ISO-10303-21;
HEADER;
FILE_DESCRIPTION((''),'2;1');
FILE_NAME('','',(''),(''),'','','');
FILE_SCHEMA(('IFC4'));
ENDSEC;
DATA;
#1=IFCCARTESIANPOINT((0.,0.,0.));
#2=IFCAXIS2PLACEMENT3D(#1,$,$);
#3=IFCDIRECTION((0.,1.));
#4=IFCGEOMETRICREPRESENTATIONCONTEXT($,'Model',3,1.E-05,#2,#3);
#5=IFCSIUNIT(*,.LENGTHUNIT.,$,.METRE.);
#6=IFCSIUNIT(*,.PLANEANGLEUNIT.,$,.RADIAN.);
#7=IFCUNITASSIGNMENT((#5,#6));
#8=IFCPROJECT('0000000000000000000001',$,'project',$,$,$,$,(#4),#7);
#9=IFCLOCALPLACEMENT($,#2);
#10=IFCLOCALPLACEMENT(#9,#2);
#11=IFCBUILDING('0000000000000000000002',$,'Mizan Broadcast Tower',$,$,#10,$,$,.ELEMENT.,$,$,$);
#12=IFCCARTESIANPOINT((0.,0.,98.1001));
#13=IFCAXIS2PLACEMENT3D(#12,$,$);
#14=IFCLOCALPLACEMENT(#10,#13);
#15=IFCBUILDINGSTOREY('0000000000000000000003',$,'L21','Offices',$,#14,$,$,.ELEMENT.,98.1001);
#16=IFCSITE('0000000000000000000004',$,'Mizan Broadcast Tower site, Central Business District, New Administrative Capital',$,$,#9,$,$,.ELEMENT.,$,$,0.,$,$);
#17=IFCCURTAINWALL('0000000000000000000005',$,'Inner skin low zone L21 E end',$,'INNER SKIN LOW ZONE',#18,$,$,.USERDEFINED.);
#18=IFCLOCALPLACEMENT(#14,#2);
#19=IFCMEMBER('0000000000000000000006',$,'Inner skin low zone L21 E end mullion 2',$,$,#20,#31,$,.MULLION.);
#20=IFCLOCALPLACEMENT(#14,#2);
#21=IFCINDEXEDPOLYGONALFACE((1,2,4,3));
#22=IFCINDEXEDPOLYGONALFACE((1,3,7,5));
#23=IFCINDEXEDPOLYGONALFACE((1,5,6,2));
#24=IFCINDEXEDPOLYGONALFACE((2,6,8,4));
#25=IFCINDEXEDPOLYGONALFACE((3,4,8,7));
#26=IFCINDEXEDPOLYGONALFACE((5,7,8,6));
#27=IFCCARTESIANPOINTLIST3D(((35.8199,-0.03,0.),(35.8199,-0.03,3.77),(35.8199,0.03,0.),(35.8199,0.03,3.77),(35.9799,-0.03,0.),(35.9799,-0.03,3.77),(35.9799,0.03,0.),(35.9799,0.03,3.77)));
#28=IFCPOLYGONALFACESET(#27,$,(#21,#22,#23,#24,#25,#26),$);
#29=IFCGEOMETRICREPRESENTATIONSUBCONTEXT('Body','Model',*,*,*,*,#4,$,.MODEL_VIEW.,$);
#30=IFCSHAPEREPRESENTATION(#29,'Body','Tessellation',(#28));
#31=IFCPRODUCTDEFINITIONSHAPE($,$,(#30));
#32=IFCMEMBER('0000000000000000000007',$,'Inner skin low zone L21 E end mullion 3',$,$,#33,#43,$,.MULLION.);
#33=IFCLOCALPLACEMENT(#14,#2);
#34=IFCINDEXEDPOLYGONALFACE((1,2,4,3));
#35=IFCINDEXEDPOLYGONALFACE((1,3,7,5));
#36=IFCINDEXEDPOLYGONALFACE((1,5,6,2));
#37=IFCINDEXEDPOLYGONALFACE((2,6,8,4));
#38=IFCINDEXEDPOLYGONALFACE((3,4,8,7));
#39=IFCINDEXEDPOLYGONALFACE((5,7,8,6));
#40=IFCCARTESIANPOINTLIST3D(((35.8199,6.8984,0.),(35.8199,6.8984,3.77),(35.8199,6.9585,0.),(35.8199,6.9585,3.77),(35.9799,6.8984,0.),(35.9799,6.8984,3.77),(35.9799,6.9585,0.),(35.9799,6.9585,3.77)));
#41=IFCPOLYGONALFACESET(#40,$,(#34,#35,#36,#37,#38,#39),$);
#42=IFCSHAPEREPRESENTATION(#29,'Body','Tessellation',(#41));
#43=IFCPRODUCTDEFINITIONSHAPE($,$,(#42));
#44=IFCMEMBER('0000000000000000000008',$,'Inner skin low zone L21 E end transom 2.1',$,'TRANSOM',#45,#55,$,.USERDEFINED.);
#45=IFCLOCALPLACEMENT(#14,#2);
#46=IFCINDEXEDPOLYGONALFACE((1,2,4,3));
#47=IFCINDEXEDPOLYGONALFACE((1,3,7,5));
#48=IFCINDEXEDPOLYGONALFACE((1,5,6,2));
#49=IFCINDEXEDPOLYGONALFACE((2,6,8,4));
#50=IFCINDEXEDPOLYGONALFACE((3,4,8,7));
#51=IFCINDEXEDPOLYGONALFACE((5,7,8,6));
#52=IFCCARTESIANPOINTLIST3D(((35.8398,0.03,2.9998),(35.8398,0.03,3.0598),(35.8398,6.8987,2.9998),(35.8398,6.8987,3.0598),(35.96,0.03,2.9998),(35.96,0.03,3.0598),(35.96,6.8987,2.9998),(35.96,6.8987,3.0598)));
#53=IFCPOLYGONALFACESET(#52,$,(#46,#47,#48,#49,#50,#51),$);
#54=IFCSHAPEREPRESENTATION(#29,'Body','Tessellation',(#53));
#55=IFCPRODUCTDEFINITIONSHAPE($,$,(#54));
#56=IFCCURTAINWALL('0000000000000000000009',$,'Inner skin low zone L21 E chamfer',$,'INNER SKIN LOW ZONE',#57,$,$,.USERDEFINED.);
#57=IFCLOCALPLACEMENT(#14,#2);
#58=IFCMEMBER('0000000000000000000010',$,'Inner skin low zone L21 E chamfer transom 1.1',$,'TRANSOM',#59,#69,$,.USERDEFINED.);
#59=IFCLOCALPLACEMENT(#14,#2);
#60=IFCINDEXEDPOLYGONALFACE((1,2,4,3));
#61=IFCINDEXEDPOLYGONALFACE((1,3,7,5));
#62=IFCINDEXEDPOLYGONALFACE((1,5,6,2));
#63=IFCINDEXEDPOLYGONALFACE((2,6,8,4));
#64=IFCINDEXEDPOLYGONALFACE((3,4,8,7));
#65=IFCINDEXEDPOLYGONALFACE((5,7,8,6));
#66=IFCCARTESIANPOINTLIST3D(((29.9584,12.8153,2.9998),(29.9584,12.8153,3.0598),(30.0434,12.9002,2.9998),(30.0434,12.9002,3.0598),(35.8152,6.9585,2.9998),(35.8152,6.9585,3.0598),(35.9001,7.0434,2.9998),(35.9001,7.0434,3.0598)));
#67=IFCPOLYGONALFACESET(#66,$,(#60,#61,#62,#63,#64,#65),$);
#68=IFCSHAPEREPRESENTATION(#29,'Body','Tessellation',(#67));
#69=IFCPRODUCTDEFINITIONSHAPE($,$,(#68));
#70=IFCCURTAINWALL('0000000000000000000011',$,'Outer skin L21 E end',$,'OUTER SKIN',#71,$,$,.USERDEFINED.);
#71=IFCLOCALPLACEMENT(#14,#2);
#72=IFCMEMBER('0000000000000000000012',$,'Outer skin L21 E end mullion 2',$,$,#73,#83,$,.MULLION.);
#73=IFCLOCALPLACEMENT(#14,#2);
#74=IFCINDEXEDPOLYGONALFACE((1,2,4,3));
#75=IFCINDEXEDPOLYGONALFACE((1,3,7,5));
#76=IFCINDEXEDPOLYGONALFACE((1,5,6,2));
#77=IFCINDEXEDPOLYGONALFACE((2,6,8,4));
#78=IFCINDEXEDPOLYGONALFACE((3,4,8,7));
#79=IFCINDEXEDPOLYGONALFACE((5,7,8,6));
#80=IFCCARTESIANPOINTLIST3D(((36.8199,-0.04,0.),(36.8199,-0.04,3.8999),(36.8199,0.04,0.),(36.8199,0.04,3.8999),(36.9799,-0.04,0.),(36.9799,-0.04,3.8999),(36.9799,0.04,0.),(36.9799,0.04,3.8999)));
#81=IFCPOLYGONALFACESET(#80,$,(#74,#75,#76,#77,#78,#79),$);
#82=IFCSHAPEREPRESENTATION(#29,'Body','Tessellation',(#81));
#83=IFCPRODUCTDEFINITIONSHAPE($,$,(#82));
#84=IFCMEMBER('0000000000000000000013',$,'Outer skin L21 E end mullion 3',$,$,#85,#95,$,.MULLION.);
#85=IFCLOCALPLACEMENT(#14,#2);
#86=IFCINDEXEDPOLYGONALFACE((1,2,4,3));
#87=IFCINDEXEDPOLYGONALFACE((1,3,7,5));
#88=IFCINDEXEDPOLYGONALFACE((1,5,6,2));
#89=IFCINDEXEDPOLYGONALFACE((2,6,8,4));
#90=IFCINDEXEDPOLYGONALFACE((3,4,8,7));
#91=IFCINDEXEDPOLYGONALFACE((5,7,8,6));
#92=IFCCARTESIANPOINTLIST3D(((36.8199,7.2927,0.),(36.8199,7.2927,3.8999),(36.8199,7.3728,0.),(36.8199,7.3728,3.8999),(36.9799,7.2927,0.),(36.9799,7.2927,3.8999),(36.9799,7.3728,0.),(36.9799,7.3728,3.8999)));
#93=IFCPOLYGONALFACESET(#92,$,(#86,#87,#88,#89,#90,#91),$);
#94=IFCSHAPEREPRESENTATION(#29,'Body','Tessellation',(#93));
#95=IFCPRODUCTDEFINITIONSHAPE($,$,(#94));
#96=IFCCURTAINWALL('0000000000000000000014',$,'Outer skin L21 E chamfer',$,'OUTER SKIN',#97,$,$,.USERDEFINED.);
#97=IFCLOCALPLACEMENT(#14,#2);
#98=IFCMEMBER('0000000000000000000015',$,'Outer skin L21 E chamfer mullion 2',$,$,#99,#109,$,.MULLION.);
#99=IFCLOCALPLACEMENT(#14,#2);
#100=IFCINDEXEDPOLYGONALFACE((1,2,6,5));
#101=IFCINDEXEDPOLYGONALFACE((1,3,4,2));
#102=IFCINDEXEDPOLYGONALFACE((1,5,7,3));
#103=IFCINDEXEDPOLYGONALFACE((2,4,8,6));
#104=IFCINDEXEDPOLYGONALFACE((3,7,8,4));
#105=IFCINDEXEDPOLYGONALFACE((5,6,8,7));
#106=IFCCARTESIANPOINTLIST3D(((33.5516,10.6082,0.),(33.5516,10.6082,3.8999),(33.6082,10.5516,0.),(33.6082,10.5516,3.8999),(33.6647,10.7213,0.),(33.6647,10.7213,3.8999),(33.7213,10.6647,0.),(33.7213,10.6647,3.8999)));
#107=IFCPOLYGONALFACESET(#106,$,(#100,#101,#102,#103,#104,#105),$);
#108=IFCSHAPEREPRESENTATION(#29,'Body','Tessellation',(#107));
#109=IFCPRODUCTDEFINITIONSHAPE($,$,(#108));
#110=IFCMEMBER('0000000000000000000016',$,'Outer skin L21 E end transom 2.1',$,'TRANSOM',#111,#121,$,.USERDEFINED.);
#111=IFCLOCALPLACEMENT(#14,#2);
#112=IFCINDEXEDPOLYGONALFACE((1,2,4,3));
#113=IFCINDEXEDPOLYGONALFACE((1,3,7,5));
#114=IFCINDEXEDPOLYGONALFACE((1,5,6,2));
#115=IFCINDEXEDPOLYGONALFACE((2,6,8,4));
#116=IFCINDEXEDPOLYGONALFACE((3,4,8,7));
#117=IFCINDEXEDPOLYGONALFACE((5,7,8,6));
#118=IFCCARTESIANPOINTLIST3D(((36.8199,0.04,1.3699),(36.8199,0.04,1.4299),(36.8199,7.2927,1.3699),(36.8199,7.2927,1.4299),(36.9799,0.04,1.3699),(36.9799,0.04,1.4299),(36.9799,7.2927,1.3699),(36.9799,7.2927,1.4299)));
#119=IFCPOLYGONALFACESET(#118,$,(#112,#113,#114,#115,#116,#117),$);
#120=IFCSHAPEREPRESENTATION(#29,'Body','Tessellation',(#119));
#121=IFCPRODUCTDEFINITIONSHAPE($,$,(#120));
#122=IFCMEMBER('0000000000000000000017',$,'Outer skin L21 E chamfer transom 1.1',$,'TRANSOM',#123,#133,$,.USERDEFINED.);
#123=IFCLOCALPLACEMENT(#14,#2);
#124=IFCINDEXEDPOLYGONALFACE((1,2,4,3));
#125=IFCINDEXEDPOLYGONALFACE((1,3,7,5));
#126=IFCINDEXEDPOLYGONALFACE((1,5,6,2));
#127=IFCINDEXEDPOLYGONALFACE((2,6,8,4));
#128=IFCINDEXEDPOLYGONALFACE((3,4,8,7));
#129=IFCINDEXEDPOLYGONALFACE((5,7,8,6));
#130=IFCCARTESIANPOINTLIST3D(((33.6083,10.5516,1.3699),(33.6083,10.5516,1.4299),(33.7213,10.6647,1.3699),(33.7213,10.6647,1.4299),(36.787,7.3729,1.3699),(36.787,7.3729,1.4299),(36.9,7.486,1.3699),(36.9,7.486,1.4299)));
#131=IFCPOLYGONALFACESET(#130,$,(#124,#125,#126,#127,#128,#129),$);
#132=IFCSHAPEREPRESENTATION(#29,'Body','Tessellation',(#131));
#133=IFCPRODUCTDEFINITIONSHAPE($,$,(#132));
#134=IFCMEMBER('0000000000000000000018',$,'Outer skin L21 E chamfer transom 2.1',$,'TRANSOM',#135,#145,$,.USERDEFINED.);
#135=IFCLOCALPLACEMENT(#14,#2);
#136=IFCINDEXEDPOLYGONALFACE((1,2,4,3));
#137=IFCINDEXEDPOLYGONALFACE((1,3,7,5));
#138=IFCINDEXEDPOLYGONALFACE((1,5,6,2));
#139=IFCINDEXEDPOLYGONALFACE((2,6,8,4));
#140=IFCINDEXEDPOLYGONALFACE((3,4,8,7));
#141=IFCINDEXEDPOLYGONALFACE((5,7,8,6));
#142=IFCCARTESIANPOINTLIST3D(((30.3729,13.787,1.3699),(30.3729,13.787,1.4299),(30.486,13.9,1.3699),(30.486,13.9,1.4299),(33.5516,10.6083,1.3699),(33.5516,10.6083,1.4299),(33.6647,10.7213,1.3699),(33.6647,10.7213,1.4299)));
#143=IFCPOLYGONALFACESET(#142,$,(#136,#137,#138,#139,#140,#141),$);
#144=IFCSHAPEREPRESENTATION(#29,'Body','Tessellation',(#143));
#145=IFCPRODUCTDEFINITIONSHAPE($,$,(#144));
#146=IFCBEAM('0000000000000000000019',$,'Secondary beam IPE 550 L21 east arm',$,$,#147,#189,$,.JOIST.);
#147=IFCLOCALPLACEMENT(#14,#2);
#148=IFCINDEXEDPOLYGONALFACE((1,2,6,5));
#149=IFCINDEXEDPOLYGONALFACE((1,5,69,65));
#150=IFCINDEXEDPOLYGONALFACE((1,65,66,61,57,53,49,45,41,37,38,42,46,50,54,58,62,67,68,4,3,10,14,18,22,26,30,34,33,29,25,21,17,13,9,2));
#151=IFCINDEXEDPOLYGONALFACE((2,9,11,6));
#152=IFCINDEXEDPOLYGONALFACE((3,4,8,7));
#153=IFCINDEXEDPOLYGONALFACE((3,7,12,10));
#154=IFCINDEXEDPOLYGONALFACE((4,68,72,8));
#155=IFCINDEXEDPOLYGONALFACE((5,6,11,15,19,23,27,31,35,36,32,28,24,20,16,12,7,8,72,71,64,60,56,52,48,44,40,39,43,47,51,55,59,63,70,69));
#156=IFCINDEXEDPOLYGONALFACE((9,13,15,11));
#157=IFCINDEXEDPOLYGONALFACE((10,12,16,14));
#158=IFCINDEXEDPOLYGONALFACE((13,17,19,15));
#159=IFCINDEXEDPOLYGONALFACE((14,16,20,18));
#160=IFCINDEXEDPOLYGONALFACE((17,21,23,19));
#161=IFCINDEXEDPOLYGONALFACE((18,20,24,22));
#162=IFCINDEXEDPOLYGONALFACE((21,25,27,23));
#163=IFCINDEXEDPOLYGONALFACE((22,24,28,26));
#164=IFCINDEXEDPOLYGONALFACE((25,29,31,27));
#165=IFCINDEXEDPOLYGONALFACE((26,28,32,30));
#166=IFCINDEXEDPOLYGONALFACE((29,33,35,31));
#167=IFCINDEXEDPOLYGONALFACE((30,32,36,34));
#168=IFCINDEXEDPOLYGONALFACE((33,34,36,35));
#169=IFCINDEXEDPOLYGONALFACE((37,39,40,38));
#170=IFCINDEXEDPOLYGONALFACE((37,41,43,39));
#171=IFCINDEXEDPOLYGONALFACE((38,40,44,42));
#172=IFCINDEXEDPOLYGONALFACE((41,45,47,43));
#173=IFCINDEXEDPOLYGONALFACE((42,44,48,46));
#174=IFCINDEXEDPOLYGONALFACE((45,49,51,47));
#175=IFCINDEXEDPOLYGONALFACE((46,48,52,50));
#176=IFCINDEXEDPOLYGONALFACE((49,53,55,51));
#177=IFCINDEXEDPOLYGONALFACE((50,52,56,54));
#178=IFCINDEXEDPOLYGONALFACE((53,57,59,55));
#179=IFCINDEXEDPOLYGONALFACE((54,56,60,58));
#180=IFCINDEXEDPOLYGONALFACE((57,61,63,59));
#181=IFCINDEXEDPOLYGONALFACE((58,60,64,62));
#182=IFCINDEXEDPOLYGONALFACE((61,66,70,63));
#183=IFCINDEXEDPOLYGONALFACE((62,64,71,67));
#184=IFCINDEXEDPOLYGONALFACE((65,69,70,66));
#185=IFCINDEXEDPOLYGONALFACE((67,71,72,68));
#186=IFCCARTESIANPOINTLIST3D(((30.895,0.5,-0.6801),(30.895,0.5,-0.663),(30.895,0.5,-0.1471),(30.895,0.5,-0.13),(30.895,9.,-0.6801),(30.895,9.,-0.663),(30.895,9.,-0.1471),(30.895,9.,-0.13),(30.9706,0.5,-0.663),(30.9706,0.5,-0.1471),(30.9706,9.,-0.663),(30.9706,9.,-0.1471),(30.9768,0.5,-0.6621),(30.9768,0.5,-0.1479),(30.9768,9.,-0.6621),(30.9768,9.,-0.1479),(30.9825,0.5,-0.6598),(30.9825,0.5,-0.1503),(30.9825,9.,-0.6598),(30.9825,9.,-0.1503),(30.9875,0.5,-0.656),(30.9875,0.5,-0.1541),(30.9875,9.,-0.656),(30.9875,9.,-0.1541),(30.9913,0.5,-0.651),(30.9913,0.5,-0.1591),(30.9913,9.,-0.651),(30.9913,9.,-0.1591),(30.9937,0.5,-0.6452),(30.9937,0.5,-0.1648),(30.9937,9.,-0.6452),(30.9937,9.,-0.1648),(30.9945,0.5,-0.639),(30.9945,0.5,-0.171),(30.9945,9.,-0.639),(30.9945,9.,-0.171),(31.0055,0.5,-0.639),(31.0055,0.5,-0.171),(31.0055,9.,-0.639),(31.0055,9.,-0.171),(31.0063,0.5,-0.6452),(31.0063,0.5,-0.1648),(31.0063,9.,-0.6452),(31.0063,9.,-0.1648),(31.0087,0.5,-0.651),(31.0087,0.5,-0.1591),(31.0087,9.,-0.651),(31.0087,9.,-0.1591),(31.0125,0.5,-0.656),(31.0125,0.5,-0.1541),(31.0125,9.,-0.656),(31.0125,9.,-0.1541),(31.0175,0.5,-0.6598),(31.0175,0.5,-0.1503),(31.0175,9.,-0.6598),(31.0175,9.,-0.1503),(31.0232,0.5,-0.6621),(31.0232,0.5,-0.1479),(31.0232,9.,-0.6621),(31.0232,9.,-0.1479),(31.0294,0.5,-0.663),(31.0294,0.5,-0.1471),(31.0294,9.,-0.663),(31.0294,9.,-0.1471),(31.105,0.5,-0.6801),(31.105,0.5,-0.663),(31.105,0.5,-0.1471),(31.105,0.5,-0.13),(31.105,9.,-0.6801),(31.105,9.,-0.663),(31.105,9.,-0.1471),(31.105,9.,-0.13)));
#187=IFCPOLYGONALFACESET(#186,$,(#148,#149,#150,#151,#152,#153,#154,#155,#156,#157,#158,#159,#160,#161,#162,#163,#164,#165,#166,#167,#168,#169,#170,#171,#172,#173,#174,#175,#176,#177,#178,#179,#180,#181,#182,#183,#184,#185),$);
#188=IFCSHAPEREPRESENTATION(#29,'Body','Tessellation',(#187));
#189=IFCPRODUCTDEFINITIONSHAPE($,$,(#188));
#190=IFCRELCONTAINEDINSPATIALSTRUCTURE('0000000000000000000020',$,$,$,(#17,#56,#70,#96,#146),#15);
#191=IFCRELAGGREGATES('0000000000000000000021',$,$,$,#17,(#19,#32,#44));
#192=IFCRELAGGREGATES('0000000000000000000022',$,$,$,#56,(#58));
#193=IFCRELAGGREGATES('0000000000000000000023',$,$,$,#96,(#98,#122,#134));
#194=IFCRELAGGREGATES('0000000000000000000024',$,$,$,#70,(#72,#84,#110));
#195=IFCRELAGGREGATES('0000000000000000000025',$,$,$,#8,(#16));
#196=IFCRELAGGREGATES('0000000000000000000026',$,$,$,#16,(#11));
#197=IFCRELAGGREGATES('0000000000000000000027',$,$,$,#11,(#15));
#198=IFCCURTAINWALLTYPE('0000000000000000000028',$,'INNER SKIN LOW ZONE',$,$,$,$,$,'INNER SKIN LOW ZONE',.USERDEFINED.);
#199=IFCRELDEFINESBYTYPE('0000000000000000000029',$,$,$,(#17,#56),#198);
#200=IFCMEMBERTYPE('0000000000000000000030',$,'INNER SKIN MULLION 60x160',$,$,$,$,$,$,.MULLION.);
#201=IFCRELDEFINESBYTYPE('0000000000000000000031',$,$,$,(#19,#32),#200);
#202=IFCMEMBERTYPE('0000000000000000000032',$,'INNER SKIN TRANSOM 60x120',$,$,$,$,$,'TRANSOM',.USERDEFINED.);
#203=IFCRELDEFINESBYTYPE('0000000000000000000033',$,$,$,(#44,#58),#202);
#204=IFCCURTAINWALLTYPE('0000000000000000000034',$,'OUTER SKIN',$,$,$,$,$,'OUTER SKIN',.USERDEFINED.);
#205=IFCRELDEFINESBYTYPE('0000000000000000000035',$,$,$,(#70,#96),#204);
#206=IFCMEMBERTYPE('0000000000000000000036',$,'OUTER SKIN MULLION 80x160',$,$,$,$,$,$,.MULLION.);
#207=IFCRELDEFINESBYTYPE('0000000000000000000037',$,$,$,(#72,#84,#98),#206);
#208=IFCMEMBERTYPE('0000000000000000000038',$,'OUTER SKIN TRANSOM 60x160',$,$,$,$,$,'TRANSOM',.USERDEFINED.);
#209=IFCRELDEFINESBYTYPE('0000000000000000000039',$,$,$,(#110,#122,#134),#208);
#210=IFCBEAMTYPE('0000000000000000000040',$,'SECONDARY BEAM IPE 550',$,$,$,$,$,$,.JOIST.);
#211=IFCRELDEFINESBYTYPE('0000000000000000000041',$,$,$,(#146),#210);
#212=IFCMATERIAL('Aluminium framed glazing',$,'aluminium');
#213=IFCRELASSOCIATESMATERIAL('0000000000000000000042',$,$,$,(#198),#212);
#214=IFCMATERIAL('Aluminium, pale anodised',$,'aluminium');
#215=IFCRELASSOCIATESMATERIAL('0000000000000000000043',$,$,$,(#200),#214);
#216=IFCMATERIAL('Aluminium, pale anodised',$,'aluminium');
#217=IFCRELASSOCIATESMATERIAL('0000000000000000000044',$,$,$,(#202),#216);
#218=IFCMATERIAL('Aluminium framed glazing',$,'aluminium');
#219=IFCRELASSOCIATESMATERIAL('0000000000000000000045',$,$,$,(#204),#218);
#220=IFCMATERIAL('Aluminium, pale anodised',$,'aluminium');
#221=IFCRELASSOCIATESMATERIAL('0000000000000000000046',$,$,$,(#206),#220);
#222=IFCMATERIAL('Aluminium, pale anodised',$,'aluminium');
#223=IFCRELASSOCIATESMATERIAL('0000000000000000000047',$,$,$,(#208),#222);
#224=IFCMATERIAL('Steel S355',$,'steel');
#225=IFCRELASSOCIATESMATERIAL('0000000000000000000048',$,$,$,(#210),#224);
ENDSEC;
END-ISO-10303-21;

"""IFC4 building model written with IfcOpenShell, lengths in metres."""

from ifc_helpers import new_model, si_unit, direction, frame, origin, origin_2d, place, context, subcontext, project, spatial, rectangle, i_section, extrude, material, material_profile, profile_set, type_object, element, aggregate, save


model = new_model("IFC4")

# Units and contexts
model_context = context("Model", 3, precision=1e-05, world=origin(), true_north=direction((0.0, 1.0)))
body_context = subcontext(model_context, "Body", "Model", "MODEL_VIEW")
ifc_project = project(units=[si_unit("LENGTHUNIT", "METRE"), si_unit("PLANEANGLEUNIT", "RADIAN")], contexts=[model_context])

# Site, building, storey
site_placement = place(None, origin())
site = spatial("IfcSite", under=ifc_project, at=site_placement, Name="Mizan Broadcast Tower site, Central Business District, New Administrative Capital", CompositionType="ELEMENT", RefElevation=0.0)
building_placement = place(site_placement, origin())
building = spatial("IfcBuilding", under=site, at=building_placement, Name="Mizan Broadcast Tower", CompositionType="ELEMENT")
storey_placement = place(building_placement, frame((0.0, 0.0, 98.1001)))
storey = spatial("IfcBuildingStorey", under=building, at=storey_placement, Name="L21", Description="Offices", CompositionType="ELEMENT", Elevation=98.1001)

# Curtain wall, members
ifc_material_1 = material(Name="Aluminium framed glazing", Category="aluminium")
curtain_wall_type_1 = type_object("IfcCurtainWallType", Name="INNER SKIN LOW ZONE", ElementType="INNER SKIN LOW ZONE", PredefinedType="USERDEFINED", material=ifc_material_1)
curtain_wall_1_placement = place(storey_placement, origin())
curtain_wall_1 = element("IfcCurtainWall", 1, at=curtain_wall_1_placement, inside=storey, type_object=curtain_wall_type_1, Name="Inner skin low zone L21 E end", ObjectType="INNER SKIN LOW ZONE", PredefinedType="USERDEFINED")
ifc_material_2 = material(Name="Aluminium, pale anodised", Category="aluminium")
ifc_material_profile_1 = material_profile(ifc_material_2, rectangle(XDim=0.1599, YDim=0.0601, at=origin_2d()), Name="MULLION 160x60")
ifc_profile_set_1 = profile_set([ifc_material_profile_1], Name="Aluminium, pale anodised")
member_type_1 = type_object("IfcMemberType", Name="INNER SKIN MULLION 60x160", PredefinedType="MULLION", material=ifc_profile_set_1)
member_1_placement = place(storey_placement, frame((35.8999, 0.0, 0.0), z_axis=(0.0, 0.0, 1.0), x_axis=(-1.0, 0.0, 0.0)))
member_1 = element("IfcMember", 2, at=member_1_placement, type_object=member_type_1, Name="Inner skin low zone L21 E end mullion 2", PredefinedType="MULLION", context=body_context, shape_type="SweptSolid", body=[
    extrude(rectangle(XDim=0.1599, YDim=0.0601, at=origin_2d()), origin(), (0.0, 0.0, 1.0), 3.77),
])
member_2_placement = place(storey_placement, frame((35.8999, 6.9285, 0.0), z_axis=(0.0, 0.0, 1.0), x_axis=(-1.0, 0.0, 0.0)))
member_2 = element("IfcMember", 3, at=member_2_placement, type_object=member_type_1, Name="Inner skin low zone L21 E end mullion 3", PredefinedType="MULLION", context=body_context, shape_type="SweptSolid", body=[
    extrude(rectangle(XDim=0.1599, YDim=0.0601, at=origin_2d()), origin(), (0.0, 0.0, 1.0), 3.77),
])
ifc_material_3 = material(Name="Aluminium, pale anodised", Category="aluminium")
ifc_material_profile_2 = material_profile(ifc_material_3, rectangle(XDim=0.1201, YDim=0.0601, at=origin_2d()), Name="TRANSOM 120x60")
ifc_profile_set_2 = profile_set([ifc_material_profile_2], Name="Aluminium, pale anodised")
member_type_2 = type_object("IfcMemberType", Name="INNER SKIN TRANSOM 60x120", ElementType="TRANSOM", PredefinedType="USERDEFINED", material=ifc_profile_set_2)
member_3_placement = place(storey_placement, frame((35.8999, 0.03, 3.0298), z_axis=(0.0, 1.0, 0.0), x_axis=(-1.0, 0.0, 0.0)))
member_3 = element("IfcMember", 4, at=member_3_placement, type_object=member_type_2, Name="Inner skin low zone L21 E end transom 2.1", ObjectType="TRANSOM", PredefinedType="USERDEFINED", context=body_context, shape_type="SweptSolid", body=[
    extrude(rectangle(XDim=0.1201, YDim=0.0601, at=origin_2d()), origin(), (0.0, 0.0, 1.0), 6.8687),
])

# Curtain wall, member
curtain_wall_2_placement = place(storey_placement, origin())
curtain_wall_2 = element("IfcCurtainWall", 5, at=curtain_wall_2_placement, inside=storey, type_object=curtain_wall_type_1, Name="Inner skin low zone L21 E chamfer", ObjectType="INNER SKIN LOW ZONE", PredefinedType="USERDEFINED")
member_4_placement = place(storey_placement, frame((35.8577, 7.001, 3.0298), z_axis=(-0.707107, 0.707107, 0.0), x_axis=(-0.707107, -0.707107, 0.0)))
member_4 = element("IfcMember", 6, at=member_4_placement, type_object=member_type_2, Name="Inner skin low zone L21 E chamfer transom 1.1", ObjectType="TRANSOM", PredefinedType="USERDEFINED", context=body_context, shape_type="SweptSolid", body=[
    extrude(rectangle(XDim=0.1201, YDim=0.0601, at=origin_2d()), origin(), (0.0, 0.0, 1.0), 8.2827),
])

# Curtain wall, members
ifc_material_4 = material(Name="Aluminium framed glazing", Category="aluminium")
curtain_wall_type_2 = type_object("IfcCurtainWallType", Name="OUTER SKIN", ElementType="OUTER SKIN", PredefinedType="USERDEFINED", material=ifc_material_4)
curtain_wall_3_placement = place(storey_placement, origin())
curtain_wall_3 = element("IfcCurtainWall", 7, at=curtain_wall_3_placement, inside=storey, type_object=curtain_wall_type_2, Name="Outer skin L21 E end", ObjectType="OUTER SKIN", PredefinedType="USERDEFINED")
ifc_material_5 = material(Name="Aluminium, pale anodised", Category="aluminium")
ifc_material_profile_3 = material_profile(ifc_material_5, rectangle(XDim=0.1599, YDim=0.0801, at=origin_2d()), Name="MULLION 160x80")
ifc_profile_set_3 = profile_set([ifc_material_profile_3], Name="Aluminium, pale anodised")
member_type_3 = type_object("IfcMemberType", Name="OUTER SKIN MULLION 80x160", PredefinedType="MULLION", material=ifc_profile_set_3)
member_5_placement = place(storey_placement, frame((36.8999, 0.0, 0.0), z_axis=(0.0, 0.0, 1.0), x_axis=(-1.0, 0.0, 0.0)))
member_5 = element("IfcMember", 8, at=member_5_placement, type_object=member_type_3, Name="Outer skin L21 E end mullion 2", PredefinedType="MULLION", context=body_context, shape_type="SweptSolid", body=[
    extrude(rectangle(XDim=0.1599, YDim=0.0801, at=origin_2d()), origin(), (0.0, 0.0, 1.0), 3.8999),
])
member_6_placement = place(storey_placement, frame((36.8999, 7.3328, 0.0), z_axis=(0.0, 0.0, 1.0), x_axis=(-1.0, 0.0, 0.0)))
member_6 = element("IfcMember", 9, at=member_6_placement, type_object=member_type_3, Name="Outer skin L21 E end mullion 3", PredefinedType="MULLION", context=body_context, shape_type="SweptSolid", body=[
    extrude(rectangle(XDim=0.1599, YDim=0.0801, at=origin_2d()), origin(), (0.0, 0.0, 1.0), 3.8999),
])

# Curtain wall, member
curtain_wall_4_placement = place(storey_placement, origin())
curtain_wall_4 = element("IfcCurtainWall", 10, at=curtain_wall_4_placement, inside=storey, type_object=curtain_wall_type_2, Name="Outer skin L21 E chamfer", ObjectType="OUTER SKIN", PredefinedType="USERDEFINED")
member_7_placement = place(storey_placement, frame((33.6365, 10.6365, 0.0), z_axis=(0.0, 0.0, 1.0), x_axis=(-0.707107, -0.707107, 0.0)))
member_7 = element("IfcMember", 11, at=member_7_placement, type_object=member_type_3, Name="Outer skin L21 E chamfer mullion 2", PredefinedType="MULLION", context=body_context, shape_type="SweptSolid", body=[
    extrude(rectangle(XDim=0.1599, YDim=0.0801, at=origin_2d()), origin(), (0.0, 0.0, 1.0), 3.8999),
])

# Members
ifc_material_6 = material(Name="Aluminium, pale anodised", Category="aluminium")
ifc_material_profile_4 = material_profile(ifc_material_6, rectangle(XDim=0.1599, YDim=0.0601, at=origin_2d()), Name="TRANSOM 160x60")
ifc_profile_set_4 = profile_set([ifc_material_profile_4], Name="Aluminium, pale anodised")
member_type_4 = type_object("IfcMemberType", Name="OUTER SKIN TRANSOM 60x160", ElementType="TRANSOM", PredefinedType="USERDEFINED", material=ifc_profile_set_4)
member_8_placement = place(storey_placement, frame((36.8999, 0.04, 1.3999), z_axis=(0.0, 1.0, 0.0), x_axis=(-1.0, 0.0, 0.0)))
member_8 = element("IfcMember", 12, at=member_8_placement, type_object=member_type_4, Name="Outer skin L21 E end transom 2.1", ObjectType="TRANSOM", PredefinedType="USERDEFINED", context=body_context, shape_type="SweptSolid", body=[
    extrude(rectangle(XDim=0.1599, YDim=0.0601, at=origin_2d()), origin(), (0.0, 0.0, 1.0), 7.2527),
])
member_9_placement = place(storey_placement, frame((36.8435, 7.4294, 1.3999), z_axis=(-0.707107, 0.707107, 0.0), x_axis=(-0.707107, -0.707107, 0.0)))
member_9 = element("IfcMember", 13, at=member_9_placement, type_object=member_type_4, Name="Outer skin L21 E chamfer transom 1.1", ObjectType="TRANSOM", PredefinedType="USERDEFINED", context=body_context, shape_type="SweptSolid", body=[
    extrude(rectangle(XDim=0.1599, YDim=0.0601, at=origin_2d()), origin(), (0.0, 0.0, 1.0), 4.4954),
])
member_10_placement = place(storey_placement, frame((33.6082, 10.6648, 1.3999), z_axis=(-0.707107, 0.707107, 0.0), x_axis=(-0.707107, -0.707107, 0.0)))
member_10 = element("IfcMember", 14, at=member_10_placement, type_object=member_type_4, Name="Outer skin L21 E chamfer transom 2.1", ObjectType="TRANSOM", PredefinedType="USERDEFINED", context=body_context, shape_type="SweptSolid", body=[
    extrude(rectangle(XDim=0.1599, YDim=0.0601, at=origin_2d()), origin(), (0.0, 0.0, 1.0), 4.4954),
])

# Beam
ifc_material_7 = material(Name="Steel S355", Category="steel")
ifc_material_profile_5 = material_profile(ifc_material_7, i_section(OverallWidth=0.21, OverallDepth=0.55, WebThickness=0.011, FlangeThickness=0.0171, FilletRadius=0.0239, at=origin_2d()), Name="IPE 550")
ifc_profile_set_5 = profile_set([ifc_material_profile_5], Name="Steel S355")
beam_type_1 = type_object("IfcBeamType", Name="SECONDARY BEAM IPE 550", PredefinedType="JOIST", material=ifc_profile_set_5)
beam_1_placement = place(storey_placement, frame((31.0, 9.0, -0.405), z_axis=(0.0, -1.0, 0.0), x_axis=(1.0, 0.0, 0.0)))
element("IfcBeam", 15, at=beam_1_placement, inside=storey, type_object=beam_type_1, Name="Secondary beam IPE 550 L21 east arm", PredefinedType="JOIST", context=body_context, shape_type="SweptSolid", body=[
    extrude(i_section(OverallWidth=0.21, OverallDepth=0.55, WebThickness=0.011, FlangeThickness=0.0171, FilletRadius=0.0239, at=origin_2d()), origin(), (0.0, 0.0, 1.0), 8.5),
])

aggregate(curtain_wall_1, [member_1, member_2, member_3])
aggregate(curtain_wall_2, [member_4])
aggregate(curtain_wall_4, [member_7, member_9, member_10])
aggregate(curtain_wall_3, [member_5, member_6, member_8])

save(model, "model.ifc")
